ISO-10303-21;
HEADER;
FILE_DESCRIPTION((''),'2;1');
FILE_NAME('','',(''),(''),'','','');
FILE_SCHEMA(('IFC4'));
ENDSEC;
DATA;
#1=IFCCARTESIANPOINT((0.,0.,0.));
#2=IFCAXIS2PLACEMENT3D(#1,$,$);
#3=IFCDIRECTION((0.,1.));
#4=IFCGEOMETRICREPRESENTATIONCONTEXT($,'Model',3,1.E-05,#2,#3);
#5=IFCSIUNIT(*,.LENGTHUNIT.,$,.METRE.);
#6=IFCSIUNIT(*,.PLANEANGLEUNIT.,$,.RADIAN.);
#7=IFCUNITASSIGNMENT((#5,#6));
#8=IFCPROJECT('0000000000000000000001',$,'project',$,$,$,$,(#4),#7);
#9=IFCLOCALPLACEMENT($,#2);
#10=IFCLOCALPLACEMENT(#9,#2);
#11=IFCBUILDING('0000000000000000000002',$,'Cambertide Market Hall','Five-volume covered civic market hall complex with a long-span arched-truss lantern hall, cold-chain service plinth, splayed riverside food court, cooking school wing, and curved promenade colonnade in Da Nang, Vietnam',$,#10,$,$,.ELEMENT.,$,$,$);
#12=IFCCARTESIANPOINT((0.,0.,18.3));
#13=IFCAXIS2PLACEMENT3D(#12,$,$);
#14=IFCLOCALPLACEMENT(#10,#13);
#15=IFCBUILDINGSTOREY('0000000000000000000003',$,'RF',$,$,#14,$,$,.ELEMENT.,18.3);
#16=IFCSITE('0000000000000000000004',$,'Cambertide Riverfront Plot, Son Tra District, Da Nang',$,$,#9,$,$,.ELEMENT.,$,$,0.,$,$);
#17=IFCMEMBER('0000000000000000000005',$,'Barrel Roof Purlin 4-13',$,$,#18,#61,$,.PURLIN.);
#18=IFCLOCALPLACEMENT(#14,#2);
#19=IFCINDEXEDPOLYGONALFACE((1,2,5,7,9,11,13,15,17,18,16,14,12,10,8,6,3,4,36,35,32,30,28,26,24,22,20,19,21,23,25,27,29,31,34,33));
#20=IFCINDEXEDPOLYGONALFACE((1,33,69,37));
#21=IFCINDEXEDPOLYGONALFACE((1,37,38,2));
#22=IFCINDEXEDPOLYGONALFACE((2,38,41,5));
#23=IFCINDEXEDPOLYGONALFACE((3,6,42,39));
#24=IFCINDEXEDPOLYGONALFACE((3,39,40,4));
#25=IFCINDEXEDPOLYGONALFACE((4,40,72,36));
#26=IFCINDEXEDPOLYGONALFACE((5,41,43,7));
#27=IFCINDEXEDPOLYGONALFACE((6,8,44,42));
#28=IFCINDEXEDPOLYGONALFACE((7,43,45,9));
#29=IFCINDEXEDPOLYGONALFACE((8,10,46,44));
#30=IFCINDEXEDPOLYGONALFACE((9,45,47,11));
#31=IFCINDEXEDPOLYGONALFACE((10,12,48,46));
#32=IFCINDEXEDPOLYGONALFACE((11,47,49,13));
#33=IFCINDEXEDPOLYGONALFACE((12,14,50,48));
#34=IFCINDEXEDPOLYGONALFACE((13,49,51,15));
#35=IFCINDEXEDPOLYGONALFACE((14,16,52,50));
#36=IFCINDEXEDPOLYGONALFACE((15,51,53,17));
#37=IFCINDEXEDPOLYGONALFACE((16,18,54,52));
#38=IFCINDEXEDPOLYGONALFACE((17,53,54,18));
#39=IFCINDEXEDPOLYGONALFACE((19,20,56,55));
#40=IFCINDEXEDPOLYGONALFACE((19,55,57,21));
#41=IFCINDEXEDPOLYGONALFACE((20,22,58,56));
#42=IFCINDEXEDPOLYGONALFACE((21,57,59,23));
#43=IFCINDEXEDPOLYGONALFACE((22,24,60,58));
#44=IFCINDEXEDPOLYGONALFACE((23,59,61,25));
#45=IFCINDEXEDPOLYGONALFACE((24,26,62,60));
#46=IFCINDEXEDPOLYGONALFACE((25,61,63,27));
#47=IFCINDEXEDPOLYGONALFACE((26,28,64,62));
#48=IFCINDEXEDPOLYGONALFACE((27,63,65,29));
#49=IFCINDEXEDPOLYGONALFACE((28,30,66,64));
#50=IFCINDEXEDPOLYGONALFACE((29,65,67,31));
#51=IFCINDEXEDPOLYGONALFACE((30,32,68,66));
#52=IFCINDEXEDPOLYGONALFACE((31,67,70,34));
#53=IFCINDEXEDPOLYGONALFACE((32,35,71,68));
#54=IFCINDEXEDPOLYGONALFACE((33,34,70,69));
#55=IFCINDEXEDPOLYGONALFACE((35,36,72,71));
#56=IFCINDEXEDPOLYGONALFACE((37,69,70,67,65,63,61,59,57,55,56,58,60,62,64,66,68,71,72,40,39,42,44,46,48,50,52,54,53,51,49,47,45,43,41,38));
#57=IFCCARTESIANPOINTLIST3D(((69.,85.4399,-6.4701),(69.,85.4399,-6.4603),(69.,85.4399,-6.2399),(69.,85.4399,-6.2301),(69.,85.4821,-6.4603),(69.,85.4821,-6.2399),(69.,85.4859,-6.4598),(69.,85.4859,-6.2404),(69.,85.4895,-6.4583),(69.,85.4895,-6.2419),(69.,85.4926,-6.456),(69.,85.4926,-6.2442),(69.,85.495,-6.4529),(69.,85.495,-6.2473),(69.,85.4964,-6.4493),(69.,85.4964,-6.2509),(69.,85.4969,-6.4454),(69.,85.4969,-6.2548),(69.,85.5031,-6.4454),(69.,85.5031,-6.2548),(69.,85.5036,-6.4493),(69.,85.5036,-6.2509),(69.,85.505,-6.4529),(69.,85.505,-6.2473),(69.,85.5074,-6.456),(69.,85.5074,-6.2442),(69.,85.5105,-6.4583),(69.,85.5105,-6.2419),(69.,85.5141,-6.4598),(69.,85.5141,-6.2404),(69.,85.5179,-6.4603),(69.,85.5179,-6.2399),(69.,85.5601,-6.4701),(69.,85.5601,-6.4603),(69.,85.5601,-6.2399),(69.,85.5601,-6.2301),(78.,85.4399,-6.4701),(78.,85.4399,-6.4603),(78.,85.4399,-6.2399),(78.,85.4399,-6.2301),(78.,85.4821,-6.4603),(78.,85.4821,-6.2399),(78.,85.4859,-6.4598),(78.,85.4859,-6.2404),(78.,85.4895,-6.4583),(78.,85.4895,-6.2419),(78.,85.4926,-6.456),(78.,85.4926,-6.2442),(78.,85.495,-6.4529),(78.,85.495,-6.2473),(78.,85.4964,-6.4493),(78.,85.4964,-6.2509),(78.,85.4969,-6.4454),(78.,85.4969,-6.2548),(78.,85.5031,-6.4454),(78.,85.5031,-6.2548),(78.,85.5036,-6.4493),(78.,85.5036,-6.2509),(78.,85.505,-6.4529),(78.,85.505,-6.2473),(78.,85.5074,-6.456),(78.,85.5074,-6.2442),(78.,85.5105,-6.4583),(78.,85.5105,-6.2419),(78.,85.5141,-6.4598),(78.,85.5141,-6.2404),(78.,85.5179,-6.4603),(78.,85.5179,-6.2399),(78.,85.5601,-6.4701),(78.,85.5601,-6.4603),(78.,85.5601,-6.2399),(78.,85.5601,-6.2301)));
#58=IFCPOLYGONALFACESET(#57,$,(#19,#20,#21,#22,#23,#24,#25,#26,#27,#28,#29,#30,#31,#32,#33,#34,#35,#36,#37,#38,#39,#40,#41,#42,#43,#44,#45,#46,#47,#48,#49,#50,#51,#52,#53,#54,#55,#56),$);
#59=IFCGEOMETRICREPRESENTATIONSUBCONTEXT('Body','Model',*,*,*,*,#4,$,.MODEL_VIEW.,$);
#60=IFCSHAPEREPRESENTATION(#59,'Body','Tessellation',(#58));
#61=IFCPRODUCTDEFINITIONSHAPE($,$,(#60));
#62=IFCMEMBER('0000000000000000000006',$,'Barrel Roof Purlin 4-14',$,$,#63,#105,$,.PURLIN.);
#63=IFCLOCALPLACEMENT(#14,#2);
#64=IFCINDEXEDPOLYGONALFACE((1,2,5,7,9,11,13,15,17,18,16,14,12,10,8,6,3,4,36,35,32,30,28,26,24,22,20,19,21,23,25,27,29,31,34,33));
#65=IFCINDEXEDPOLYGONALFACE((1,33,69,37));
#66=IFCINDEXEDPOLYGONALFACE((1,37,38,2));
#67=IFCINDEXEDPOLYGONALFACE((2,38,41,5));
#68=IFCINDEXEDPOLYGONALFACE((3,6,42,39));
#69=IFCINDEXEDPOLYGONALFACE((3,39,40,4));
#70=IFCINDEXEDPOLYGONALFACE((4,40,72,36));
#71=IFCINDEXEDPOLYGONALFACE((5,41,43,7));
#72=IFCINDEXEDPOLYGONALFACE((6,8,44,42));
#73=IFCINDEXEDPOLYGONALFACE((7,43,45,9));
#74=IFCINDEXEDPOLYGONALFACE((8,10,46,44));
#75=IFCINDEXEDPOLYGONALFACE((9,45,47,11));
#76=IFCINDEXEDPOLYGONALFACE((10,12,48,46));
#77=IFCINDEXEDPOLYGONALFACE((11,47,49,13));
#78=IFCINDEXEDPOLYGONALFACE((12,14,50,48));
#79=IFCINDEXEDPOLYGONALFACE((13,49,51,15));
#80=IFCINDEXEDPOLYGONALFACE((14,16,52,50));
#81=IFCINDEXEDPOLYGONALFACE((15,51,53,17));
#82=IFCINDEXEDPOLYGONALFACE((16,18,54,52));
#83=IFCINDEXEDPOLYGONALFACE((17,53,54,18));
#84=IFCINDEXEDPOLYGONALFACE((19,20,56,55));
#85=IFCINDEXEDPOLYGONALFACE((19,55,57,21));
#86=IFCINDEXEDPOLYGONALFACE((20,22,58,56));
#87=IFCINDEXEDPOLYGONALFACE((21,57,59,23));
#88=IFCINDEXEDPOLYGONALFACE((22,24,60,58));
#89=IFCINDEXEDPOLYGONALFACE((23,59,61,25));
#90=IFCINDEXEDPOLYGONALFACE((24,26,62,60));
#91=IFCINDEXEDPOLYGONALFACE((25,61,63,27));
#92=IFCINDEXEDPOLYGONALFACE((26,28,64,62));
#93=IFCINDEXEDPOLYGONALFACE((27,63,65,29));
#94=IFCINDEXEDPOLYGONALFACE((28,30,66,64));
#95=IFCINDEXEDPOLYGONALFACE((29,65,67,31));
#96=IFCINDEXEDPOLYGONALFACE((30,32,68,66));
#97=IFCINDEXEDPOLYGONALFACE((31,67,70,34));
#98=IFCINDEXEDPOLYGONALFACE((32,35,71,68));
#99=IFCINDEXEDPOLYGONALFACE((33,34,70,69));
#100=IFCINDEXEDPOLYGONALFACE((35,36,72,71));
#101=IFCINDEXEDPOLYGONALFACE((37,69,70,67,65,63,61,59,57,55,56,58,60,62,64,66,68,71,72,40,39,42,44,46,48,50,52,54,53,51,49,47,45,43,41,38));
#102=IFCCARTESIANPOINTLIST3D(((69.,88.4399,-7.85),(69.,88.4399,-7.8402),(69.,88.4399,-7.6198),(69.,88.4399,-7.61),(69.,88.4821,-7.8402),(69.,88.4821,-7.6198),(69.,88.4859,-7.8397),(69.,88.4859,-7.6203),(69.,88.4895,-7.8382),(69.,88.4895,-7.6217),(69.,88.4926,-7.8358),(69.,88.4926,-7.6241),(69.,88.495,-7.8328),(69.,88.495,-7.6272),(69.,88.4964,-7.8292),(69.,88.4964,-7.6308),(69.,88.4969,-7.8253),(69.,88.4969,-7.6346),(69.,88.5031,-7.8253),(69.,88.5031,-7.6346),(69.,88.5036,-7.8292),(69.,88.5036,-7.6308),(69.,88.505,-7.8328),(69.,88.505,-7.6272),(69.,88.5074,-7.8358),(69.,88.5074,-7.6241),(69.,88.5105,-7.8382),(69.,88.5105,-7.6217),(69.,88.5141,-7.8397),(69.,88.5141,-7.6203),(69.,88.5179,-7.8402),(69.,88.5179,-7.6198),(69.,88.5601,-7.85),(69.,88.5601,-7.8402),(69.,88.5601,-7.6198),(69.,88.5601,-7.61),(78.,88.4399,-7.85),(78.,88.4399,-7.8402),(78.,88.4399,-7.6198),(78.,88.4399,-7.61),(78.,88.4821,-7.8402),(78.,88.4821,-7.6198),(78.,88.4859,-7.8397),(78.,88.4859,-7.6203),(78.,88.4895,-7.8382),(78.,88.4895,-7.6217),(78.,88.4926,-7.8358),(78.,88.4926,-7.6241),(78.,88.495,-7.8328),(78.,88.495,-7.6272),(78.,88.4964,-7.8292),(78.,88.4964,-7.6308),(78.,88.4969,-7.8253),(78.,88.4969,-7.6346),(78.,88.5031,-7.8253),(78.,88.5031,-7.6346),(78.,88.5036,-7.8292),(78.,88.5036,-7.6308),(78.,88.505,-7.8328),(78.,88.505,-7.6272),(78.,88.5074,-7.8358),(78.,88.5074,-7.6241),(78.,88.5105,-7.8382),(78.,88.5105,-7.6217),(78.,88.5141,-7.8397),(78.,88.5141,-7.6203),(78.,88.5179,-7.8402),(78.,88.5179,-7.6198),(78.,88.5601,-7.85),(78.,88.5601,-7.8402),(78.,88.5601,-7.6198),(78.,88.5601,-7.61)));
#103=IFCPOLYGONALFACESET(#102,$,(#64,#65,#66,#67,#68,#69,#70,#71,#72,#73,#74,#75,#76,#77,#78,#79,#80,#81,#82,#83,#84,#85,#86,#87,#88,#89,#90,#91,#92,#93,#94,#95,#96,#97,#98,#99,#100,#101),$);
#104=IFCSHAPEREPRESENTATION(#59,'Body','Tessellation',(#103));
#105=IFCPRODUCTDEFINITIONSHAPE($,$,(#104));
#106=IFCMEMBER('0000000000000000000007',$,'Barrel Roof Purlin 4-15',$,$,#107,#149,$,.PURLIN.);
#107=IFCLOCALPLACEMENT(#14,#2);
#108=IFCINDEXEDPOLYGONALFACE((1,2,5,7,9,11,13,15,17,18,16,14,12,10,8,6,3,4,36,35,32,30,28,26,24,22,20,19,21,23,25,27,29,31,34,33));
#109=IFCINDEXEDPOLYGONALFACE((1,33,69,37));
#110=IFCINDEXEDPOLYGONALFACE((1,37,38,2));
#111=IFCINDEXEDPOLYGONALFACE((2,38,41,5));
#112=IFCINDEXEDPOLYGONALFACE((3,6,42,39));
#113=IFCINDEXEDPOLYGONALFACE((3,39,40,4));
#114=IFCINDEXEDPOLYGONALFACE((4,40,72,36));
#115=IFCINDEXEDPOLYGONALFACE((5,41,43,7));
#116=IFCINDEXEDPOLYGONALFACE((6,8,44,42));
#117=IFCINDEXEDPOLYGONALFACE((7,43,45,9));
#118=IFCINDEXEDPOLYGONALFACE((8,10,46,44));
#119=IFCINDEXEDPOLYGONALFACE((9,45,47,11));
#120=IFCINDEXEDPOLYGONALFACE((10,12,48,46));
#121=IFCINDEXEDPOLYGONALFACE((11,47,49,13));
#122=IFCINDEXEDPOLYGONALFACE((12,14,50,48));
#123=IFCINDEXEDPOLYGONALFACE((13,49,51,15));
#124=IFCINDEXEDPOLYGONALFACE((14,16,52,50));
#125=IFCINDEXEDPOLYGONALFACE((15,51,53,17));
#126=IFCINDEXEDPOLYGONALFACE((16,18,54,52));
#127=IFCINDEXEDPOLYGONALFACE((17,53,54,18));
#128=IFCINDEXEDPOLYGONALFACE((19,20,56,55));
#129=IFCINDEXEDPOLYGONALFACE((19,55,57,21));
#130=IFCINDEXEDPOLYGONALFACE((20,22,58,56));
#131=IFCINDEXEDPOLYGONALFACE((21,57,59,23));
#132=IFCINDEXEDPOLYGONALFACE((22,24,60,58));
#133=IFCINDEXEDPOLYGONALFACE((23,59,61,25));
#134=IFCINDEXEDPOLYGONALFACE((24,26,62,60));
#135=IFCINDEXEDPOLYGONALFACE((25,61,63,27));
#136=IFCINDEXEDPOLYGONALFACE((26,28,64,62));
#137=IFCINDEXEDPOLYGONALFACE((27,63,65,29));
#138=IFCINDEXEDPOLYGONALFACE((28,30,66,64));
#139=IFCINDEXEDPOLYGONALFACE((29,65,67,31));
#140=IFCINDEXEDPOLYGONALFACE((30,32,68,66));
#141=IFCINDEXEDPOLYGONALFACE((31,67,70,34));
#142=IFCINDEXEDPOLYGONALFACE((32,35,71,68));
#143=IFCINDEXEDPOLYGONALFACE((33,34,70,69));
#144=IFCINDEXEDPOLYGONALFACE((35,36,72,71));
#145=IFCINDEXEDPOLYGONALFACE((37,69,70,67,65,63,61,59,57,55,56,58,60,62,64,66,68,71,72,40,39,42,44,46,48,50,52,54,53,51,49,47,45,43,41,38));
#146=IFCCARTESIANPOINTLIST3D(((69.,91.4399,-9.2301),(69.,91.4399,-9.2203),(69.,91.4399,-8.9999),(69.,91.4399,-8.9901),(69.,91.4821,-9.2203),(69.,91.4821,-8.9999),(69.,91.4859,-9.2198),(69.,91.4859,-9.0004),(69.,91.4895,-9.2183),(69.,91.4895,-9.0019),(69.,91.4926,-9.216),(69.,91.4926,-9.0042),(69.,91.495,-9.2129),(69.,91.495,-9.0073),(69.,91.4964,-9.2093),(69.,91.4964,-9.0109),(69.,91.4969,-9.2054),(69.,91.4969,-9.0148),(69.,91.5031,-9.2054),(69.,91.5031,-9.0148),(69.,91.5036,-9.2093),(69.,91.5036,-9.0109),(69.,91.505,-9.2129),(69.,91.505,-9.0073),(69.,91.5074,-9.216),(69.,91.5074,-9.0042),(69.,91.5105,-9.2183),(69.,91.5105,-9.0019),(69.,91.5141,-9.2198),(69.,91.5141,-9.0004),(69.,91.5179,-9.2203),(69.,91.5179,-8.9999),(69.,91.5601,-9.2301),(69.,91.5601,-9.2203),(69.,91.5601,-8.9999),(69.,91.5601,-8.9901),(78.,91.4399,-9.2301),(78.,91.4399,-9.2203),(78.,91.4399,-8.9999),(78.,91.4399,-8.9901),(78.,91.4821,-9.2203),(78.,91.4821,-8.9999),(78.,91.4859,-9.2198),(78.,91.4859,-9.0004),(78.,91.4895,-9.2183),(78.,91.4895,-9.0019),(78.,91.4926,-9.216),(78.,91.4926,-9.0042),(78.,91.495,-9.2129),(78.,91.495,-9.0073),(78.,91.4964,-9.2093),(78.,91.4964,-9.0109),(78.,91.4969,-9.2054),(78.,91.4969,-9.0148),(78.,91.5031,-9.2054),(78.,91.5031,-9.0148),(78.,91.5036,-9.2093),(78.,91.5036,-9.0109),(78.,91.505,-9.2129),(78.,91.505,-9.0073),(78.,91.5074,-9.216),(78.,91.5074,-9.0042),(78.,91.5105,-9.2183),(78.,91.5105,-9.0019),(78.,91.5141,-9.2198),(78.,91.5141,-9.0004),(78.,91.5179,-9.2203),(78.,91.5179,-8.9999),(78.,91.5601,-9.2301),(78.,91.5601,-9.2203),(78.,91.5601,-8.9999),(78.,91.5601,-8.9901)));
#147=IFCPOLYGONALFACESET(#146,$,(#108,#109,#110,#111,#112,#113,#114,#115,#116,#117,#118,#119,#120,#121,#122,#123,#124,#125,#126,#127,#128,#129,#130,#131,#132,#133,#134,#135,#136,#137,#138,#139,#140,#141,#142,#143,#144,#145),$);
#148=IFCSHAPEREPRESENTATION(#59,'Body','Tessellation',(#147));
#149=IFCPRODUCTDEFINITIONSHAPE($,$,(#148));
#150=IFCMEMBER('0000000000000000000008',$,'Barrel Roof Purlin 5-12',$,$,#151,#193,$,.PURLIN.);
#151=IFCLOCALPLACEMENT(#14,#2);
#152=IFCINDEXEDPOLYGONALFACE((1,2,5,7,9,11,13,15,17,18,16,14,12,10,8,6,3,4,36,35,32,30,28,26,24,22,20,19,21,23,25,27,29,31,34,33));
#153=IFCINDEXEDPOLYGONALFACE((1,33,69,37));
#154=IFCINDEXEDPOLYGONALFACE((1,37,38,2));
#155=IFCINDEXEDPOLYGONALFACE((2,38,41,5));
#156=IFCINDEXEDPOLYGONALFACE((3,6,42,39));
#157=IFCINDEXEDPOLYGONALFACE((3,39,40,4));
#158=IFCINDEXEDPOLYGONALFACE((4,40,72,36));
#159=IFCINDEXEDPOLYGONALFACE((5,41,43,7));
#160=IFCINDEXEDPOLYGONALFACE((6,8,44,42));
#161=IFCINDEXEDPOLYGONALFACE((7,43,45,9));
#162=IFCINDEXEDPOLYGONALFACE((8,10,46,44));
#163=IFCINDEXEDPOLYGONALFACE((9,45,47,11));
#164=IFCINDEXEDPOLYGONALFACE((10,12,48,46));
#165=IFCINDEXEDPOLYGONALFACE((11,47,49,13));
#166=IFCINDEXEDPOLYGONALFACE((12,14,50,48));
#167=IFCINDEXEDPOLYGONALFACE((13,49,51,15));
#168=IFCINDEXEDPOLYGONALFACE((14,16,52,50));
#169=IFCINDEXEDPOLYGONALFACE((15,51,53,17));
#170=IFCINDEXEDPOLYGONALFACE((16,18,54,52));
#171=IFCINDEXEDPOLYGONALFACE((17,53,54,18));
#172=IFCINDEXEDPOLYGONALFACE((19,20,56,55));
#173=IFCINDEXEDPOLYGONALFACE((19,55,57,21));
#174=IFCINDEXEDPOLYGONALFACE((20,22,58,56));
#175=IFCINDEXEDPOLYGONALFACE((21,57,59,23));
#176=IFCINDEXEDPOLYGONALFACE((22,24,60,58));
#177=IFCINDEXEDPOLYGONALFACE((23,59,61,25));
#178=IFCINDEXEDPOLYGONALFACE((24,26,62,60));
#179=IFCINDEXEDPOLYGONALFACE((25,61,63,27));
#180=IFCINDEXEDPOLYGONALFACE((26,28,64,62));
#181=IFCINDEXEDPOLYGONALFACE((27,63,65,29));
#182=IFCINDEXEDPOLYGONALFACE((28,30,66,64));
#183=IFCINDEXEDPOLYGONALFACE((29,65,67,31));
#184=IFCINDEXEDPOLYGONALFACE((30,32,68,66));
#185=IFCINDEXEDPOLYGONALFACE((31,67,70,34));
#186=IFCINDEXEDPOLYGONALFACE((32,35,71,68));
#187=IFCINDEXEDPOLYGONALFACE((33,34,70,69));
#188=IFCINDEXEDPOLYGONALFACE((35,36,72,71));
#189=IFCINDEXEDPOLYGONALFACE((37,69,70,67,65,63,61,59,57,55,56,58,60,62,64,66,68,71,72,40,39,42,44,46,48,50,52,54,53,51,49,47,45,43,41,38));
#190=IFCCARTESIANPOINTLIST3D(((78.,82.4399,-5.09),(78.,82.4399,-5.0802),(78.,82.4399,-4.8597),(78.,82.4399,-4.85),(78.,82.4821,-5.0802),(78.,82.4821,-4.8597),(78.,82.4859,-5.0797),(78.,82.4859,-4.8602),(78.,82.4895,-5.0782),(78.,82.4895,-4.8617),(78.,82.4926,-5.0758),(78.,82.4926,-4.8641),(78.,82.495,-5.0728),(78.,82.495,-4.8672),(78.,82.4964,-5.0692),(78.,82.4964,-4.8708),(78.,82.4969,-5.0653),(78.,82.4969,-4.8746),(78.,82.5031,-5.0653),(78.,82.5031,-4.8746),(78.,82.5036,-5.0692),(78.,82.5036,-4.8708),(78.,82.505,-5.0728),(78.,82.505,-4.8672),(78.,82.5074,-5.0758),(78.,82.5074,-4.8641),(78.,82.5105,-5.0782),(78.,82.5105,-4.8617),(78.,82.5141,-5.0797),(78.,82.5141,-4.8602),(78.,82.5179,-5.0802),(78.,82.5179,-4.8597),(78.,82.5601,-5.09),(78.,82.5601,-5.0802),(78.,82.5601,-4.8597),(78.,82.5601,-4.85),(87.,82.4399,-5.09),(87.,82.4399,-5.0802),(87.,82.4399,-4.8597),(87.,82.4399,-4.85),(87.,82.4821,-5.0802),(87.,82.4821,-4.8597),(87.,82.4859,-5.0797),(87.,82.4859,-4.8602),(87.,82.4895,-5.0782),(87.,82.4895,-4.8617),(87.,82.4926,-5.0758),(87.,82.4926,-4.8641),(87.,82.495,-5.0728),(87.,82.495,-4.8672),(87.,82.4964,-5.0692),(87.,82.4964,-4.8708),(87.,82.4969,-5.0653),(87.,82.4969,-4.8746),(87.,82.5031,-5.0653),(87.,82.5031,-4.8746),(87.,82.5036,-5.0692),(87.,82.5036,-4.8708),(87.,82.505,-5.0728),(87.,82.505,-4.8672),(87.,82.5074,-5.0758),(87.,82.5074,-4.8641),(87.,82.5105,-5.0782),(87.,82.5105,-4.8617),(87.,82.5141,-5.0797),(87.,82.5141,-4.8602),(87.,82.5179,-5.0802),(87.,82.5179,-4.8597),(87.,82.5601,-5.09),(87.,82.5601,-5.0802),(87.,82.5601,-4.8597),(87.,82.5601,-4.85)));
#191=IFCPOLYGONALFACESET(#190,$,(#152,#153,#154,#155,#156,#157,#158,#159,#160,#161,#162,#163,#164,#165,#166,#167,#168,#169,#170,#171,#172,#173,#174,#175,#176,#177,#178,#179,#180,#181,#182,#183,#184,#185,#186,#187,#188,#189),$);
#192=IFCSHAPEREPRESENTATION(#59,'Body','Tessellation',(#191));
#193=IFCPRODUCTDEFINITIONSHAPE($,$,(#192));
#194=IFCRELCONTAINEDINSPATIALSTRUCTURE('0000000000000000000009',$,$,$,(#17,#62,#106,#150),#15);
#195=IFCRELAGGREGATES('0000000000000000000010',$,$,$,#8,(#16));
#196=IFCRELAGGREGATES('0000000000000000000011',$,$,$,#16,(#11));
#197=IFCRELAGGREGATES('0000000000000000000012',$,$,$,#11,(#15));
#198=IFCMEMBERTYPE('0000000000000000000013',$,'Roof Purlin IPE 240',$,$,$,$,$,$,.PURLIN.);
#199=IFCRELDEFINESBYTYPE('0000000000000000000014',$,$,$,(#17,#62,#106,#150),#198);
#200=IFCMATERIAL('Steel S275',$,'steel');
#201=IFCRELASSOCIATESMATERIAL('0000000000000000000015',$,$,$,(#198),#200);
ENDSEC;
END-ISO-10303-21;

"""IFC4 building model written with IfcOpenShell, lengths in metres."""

from ifc_helpers import new_model, si_unit, direction, frame, origin, origin_2d, place, context, subcontext, project, spatial, i_section, extrude, material, material_profile, profile_set, type_object, element, save


model = new_model("IFC4")

# Units and contexts
model_context = context("Model", 3, precision=1e-05, world=origin(), true_north=direction((0.0, 1.0)))
body_context = subcontext(model_context, "Body", "Model", "MODEL_VIEW")
ifc_project = project(units=[si_unit("LENGTHUNIT", "METRE"), si_unit("PLANEANGLEUNIT", "RADIAN")], contexts=[model_context])

# Site, building, storey
site_placement = place(None, origin())
site = spatial("IfcSite", under=ifc_project, at=site_placement, Name="Cambertide Riverfront Plot, Son Tra District, Da Nang", CompositionType="ELEMENT", RefElevation=0.0)
building_placement = place(site_placement, origin())
building = spatial("IfcBuilding", under=site, at=building_placement, Name="Cambertide Market Hall", Description="Five-volume covered civic market hall complex with a long-span arched-truss lantern hall, cold-chain service plinth, splayed riverside food court, cooking school wing, and curved promenade colonnade in Da Nang, Vietnam", CompositionType="ELEMENT")
storey_placement = place(building_placement, frame((0.0, 0.0, 18.3)))
storey = spatial("IfcBuildingStorey", under=building, at=storey_placement, Name="RF", CompositionType="ELEMENT", Elevation=18.3)

# Members
ifc_material_1 = material(Name="Steel S275", Category="steel")
ifc_material_profile_1 = material_profile(ifc_material_1, i_section(OverallWidth=0.1201, OverallDepth=0.24, WebThickness=0.0061, FlangeThickness=0.0098, FilletRadius=0.0149, at=origin_2d()), Name="IPE 240")
ifc_profile_set_1 = profile_set([ifc_material_profile_1], Name="Steel S275")
member_type_1 = type_object("IfcMemberType", Name="Roof Purlin IPE 240", PredefinedType="PURLIN", material=ifc_profile_set_1)
for number, where, z_axis, x_axis, name in (
    (1, (69.0, 85.5, -6.3501), (1.0, 0.0, 0.0), (0.0, 1.0, 0.0), "Barrel Roof Purlin 4-13"),
    (2, (69.0, 88.5, -7.73), (1.0, 0.0, 0.0), (0.0, 1.0, 0.0), "Barrel Roof Purlin 4-14"),
    (3, (69.0, 91.5, -9.1101), (1.0, 0.0, 0.0), (0.0, 1.0, 0.0), "Barrel Roof Purlin 4-15"),
    (4, (78.0, 82.5, -4.97), (1.0, 0.0, 0.0), (0.0, 1.0, 0.0), "Barrel Roof Purlin 5-12"),
):
    element("IfcMember", number, at=place(storey_placement, frame(where, z_axis=z_axis, x_axis=x_axis)), inside=storey, type_object=member_type_1, Name=name, PredefinedType="PURLIN", context=body_context, shape_type="SweptSolid", body=[
        extrude(i_section(OverallWidth=0.1201, OverallDepth=0.24, WebThickness=0.0061, FlangeThickness=0.0098, FilletRadius=0.0149, at=origin_2d()), origin(), (0.0, 0.0, 1.0), 9.0),
    ])

save(model, "model.ifc")
